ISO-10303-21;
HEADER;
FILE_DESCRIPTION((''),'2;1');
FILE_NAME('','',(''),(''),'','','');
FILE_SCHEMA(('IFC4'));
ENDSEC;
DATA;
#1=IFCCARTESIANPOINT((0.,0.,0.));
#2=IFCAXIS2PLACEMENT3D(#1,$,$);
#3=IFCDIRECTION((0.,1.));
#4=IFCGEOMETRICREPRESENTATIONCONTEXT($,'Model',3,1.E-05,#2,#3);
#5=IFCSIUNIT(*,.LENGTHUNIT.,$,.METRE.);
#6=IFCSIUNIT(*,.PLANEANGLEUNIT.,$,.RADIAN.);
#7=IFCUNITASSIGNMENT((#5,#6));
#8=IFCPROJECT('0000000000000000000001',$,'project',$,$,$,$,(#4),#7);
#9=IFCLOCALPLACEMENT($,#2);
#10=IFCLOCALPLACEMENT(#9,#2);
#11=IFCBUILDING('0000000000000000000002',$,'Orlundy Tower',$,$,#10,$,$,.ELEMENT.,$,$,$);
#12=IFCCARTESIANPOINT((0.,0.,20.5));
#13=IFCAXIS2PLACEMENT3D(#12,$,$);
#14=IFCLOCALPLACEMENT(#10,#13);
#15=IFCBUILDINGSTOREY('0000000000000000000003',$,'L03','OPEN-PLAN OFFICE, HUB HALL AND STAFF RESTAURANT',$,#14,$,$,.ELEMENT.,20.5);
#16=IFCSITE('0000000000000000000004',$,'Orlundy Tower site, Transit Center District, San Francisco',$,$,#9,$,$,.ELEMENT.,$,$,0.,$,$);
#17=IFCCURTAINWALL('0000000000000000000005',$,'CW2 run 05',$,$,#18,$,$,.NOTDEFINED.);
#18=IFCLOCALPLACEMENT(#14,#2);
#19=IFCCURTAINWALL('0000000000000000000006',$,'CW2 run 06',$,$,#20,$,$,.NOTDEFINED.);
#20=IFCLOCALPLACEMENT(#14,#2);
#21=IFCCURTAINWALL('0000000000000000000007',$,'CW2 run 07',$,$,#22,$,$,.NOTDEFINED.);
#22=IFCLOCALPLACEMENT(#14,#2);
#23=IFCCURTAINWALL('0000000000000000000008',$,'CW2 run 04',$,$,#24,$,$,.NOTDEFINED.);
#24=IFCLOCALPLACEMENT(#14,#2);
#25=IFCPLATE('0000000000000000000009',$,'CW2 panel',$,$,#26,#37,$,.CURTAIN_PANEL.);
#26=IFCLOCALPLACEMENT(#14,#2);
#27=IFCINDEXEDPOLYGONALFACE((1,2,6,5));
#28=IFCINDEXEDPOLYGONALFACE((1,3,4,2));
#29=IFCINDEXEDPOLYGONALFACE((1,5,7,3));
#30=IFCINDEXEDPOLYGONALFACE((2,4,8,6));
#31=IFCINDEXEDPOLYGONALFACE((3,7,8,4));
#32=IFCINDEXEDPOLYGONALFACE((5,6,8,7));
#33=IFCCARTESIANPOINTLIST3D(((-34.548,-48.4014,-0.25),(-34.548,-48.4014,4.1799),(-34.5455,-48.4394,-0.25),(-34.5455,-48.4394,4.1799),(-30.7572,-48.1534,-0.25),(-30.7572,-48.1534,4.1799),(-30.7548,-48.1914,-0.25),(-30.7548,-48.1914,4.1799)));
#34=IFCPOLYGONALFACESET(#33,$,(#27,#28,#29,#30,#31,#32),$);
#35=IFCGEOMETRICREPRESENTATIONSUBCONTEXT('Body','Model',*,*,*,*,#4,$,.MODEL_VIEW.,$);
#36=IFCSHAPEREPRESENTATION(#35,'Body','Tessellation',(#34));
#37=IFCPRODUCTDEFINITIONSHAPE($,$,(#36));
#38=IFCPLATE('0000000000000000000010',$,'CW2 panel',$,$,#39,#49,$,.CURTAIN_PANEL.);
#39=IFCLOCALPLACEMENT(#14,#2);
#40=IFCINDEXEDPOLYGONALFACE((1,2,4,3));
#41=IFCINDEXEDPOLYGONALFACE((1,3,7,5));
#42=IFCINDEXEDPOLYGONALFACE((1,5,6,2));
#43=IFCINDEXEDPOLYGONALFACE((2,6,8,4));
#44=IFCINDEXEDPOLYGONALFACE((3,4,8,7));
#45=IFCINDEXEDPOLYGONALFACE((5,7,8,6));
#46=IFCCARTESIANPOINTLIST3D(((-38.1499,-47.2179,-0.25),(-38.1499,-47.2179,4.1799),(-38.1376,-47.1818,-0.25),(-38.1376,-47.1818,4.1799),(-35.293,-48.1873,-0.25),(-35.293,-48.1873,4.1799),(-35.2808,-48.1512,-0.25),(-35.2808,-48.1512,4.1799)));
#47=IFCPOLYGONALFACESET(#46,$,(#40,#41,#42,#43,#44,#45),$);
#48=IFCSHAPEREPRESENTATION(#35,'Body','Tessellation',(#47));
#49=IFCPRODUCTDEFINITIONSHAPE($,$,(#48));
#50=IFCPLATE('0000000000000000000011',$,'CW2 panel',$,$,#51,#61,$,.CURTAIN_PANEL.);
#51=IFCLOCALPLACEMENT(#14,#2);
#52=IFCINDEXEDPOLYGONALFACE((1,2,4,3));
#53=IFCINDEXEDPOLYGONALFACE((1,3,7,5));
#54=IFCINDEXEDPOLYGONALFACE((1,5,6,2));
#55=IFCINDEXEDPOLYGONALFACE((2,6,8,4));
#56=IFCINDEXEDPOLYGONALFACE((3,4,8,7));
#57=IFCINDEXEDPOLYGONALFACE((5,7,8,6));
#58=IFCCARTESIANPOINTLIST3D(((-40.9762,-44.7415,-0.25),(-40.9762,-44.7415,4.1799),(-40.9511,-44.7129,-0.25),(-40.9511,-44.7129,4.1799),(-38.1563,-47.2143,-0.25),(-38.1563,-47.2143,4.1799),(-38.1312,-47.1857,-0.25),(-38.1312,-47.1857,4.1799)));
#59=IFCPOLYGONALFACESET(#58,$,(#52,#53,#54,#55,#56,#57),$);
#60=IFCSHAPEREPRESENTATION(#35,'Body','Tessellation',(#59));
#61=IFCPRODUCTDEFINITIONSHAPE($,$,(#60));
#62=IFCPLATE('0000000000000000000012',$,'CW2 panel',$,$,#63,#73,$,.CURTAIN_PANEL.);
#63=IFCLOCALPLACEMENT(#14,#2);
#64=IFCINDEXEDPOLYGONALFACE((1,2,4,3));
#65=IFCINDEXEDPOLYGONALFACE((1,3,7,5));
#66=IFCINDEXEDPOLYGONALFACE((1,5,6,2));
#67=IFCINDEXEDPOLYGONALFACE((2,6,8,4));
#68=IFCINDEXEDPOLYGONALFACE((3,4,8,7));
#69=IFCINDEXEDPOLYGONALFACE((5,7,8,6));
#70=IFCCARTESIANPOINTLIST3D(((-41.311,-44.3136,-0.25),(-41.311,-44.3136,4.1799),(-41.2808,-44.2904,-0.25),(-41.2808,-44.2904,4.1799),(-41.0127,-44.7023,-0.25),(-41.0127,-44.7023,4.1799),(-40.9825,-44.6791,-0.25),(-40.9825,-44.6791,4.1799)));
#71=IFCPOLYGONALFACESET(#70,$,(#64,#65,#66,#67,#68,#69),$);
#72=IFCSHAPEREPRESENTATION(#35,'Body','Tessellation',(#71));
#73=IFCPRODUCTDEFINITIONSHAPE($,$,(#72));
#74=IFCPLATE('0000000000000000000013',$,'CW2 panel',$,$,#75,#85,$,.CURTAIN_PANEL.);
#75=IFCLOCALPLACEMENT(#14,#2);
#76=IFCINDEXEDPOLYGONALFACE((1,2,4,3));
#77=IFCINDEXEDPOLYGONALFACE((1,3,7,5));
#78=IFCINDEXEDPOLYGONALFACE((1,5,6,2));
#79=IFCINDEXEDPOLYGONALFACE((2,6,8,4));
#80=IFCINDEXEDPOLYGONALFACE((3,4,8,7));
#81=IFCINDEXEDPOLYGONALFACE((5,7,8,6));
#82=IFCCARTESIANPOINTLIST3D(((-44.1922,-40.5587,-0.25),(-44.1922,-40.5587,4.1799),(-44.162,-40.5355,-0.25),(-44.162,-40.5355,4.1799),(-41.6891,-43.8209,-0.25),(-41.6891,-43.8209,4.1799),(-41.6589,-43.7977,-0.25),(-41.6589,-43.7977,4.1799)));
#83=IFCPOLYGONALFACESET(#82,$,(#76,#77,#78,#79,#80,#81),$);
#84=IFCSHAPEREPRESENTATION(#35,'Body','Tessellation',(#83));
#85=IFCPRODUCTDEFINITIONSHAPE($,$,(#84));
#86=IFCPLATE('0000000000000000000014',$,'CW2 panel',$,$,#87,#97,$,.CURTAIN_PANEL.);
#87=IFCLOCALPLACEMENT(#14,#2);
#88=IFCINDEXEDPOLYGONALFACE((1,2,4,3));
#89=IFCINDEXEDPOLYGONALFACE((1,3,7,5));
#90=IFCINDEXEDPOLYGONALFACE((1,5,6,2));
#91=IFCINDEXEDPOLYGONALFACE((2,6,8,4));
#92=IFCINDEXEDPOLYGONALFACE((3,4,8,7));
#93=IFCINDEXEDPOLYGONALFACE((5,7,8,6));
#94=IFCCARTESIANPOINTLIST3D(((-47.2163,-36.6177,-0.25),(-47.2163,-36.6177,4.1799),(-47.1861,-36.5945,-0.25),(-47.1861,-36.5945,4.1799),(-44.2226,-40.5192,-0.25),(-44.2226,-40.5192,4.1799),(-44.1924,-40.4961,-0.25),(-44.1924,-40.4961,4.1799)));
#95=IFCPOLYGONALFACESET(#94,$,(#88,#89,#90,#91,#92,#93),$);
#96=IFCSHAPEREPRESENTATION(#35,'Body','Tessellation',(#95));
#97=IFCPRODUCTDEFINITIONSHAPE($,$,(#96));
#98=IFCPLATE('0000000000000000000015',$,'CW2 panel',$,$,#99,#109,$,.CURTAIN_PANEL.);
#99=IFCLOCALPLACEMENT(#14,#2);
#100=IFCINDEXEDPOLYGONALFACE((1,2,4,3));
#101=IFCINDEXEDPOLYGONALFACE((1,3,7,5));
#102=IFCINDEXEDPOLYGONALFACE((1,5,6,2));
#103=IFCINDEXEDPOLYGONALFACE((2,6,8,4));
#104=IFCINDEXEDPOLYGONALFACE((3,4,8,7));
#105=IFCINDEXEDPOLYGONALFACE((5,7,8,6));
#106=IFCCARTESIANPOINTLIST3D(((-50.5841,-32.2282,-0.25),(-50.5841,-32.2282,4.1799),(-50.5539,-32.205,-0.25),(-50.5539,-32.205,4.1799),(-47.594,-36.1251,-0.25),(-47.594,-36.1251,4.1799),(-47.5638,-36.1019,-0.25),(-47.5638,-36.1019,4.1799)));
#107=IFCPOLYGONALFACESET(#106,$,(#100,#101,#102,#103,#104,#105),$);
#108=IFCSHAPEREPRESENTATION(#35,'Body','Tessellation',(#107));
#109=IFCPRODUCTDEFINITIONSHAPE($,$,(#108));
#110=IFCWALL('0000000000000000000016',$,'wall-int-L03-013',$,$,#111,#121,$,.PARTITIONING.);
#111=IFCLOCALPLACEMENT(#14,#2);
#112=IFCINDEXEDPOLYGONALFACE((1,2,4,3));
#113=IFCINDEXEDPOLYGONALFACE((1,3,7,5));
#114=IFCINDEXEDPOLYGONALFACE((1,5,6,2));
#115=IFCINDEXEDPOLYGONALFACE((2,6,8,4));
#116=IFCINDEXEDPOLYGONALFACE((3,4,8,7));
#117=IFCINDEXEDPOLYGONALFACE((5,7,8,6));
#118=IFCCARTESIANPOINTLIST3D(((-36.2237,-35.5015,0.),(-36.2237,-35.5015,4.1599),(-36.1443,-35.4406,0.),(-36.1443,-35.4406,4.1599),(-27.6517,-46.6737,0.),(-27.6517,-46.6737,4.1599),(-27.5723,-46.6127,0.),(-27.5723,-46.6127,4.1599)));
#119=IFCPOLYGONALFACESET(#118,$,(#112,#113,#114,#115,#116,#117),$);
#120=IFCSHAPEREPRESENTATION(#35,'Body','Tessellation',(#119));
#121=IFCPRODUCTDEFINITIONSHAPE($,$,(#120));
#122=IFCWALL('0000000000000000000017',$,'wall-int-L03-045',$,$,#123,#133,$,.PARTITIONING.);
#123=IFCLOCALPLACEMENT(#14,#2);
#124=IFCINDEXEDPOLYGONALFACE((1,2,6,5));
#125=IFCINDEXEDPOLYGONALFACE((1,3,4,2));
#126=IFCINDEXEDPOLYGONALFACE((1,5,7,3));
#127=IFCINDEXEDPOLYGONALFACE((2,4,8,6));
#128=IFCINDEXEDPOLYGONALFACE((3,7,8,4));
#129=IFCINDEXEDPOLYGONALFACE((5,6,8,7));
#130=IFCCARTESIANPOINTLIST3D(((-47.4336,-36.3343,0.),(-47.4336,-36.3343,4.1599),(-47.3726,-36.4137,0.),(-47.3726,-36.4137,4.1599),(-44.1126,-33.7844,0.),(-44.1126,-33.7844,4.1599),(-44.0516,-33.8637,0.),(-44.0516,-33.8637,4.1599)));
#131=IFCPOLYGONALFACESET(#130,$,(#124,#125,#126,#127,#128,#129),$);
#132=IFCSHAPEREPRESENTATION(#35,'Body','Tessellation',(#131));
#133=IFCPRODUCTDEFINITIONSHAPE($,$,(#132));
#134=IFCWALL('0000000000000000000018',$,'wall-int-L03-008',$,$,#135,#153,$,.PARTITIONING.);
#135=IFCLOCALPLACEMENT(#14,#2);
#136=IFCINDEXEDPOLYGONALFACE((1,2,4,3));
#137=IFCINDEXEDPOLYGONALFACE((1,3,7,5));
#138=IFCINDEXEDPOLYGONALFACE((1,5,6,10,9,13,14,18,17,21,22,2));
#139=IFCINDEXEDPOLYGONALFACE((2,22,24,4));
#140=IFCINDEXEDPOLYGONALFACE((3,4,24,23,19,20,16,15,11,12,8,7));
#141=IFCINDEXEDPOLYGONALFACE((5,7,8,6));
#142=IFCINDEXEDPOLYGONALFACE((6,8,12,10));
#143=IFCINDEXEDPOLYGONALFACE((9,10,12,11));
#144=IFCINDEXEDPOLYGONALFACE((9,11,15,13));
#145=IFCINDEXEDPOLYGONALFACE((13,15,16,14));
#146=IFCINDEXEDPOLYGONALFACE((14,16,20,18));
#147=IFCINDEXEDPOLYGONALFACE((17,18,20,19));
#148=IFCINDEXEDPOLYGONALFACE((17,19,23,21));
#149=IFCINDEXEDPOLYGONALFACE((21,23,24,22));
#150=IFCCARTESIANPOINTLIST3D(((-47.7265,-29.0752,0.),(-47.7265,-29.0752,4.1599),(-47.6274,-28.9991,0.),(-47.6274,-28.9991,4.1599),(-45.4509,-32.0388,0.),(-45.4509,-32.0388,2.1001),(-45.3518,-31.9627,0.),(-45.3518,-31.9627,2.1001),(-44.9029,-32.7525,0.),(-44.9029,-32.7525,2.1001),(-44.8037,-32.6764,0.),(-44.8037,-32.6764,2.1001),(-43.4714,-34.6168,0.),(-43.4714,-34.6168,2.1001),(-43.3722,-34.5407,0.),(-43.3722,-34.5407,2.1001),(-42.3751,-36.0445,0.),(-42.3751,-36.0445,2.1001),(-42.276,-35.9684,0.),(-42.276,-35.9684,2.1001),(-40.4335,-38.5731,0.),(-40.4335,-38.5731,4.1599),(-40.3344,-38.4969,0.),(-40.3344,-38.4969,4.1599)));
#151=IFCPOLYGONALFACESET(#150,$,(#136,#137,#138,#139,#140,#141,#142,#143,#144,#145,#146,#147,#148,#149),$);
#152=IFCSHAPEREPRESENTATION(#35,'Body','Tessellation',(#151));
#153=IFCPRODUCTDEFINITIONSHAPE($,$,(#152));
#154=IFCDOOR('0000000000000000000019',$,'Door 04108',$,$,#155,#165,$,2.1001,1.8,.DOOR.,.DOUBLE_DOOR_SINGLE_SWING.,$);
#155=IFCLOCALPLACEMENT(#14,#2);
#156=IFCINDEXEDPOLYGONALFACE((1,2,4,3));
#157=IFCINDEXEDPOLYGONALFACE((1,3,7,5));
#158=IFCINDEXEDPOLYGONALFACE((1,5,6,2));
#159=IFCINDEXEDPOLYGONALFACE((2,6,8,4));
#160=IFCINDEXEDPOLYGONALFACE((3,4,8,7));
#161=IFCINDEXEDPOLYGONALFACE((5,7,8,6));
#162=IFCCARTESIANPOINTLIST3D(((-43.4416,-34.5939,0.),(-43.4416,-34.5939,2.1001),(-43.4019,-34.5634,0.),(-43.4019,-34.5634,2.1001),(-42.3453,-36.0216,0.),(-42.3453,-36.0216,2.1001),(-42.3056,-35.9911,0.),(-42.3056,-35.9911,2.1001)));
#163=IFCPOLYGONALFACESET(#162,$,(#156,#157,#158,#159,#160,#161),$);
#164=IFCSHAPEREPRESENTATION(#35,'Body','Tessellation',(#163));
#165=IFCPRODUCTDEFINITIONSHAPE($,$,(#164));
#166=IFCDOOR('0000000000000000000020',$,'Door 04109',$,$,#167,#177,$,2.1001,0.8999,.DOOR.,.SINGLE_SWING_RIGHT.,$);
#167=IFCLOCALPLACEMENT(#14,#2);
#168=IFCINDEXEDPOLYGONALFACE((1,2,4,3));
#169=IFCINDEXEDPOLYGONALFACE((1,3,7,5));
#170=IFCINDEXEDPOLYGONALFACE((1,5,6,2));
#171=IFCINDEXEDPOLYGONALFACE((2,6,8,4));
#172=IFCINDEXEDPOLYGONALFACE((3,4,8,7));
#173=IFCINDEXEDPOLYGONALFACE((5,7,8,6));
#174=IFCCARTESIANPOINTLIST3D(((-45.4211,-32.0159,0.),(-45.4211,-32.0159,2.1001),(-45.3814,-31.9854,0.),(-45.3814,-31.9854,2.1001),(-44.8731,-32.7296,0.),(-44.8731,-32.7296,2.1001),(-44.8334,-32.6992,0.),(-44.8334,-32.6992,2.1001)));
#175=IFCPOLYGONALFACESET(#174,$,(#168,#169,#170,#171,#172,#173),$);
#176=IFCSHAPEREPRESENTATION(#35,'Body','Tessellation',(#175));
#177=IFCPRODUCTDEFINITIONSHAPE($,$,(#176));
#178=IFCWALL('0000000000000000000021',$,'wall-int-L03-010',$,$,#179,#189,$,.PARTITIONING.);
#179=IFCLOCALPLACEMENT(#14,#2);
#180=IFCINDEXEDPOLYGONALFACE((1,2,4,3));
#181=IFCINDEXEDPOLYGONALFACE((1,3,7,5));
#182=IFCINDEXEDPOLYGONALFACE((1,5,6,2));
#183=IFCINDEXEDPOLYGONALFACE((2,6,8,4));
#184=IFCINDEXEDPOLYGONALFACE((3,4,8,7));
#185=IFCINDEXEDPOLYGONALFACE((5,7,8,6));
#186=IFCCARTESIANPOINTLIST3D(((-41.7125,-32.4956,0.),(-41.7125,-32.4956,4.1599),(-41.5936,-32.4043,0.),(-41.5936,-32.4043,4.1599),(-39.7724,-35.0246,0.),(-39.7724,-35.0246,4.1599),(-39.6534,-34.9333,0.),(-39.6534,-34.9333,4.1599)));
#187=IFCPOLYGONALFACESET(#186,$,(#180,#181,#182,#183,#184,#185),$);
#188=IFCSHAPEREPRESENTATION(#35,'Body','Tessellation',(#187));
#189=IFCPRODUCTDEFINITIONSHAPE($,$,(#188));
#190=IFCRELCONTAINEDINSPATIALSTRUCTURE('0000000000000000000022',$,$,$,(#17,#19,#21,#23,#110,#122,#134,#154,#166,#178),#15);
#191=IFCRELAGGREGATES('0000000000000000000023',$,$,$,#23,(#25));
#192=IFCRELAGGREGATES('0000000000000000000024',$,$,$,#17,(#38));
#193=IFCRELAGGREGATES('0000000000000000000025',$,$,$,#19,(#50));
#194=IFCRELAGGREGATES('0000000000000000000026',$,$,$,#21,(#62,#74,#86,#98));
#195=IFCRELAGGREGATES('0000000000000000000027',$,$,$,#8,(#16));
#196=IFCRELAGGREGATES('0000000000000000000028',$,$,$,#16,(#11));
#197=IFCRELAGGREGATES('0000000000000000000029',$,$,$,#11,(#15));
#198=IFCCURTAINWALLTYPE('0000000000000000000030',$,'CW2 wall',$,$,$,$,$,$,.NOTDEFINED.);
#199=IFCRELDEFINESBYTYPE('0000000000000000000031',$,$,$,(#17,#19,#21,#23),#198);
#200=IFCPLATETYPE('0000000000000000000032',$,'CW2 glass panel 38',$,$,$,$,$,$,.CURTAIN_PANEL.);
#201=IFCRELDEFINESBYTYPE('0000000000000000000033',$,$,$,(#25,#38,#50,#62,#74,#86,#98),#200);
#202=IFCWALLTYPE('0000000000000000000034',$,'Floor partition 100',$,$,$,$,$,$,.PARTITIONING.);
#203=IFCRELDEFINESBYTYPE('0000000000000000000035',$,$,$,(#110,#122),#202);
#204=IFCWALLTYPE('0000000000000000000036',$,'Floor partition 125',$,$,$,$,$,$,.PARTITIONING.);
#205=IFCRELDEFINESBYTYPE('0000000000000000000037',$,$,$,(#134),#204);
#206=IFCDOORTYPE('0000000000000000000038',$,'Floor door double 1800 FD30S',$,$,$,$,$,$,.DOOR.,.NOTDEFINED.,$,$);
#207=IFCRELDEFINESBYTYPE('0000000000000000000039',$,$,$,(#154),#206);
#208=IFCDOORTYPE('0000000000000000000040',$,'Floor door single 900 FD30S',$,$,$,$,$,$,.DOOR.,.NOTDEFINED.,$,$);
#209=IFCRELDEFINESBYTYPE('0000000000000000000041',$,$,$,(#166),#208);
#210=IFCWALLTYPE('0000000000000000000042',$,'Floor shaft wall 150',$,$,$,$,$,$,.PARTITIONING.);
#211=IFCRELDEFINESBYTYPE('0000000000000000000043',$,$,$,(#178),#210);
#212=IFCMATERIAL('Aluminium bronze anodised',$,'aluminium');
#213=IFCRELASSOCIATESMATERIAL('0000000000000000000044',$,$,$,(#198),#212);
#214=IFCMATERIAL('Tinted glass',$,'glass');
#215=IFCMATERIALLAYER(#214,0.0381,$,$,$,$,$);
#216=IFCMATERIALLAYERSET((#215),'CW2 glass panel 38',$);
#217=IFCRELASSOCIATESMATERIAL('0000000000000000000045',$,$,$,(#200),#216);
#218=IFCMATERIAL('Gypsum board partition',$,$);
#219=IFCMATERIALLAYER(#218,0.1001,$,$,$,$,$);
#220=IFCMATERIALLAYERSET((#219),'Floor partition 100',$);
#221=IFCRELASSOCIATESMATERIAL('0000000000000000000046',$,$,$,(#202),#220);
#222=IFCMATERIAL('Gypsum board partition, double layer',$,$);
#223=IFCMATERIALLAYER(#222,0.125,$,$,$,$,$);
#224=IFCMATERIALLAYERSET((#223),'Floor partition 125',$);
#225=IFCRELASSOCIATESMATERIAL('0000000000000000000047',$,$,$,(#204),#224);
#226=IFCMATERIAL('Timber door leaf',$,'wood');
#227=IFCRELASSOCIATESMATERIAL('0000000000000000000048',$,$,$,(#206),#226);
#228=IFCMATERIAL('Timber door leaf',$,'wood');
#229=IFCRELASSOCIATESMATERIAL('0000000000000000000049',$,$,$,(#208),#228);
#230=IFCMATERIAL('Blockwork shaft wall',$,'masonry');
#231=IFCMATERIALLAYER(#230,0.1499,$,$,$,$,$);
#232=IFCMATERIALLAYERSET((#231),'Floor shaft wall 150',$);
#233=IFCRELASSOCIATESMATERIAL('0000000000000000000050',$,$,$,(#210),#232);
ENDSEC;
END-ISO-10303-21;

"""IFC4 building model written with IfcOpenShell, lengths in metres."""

from ifc_helpers import new_model, si_unit, direction, frame, frame_2d, origin, origin_2d, place, context, subcontext, project, spatial, rectangle, extrude, material, layer, layer_set, type_object, element, fill, aggregate, save


model = new_model("IFC4")

# Units and contexts
model_context = context("Model", 3, precision=1e-05, world=origin(), true_north=direction((0.0, 1.0)))
body_context = subcontext(model_context, "Body", "Model", "MODEL_VIEW")
ifc_project = project(units=[si_unit("LENGTHUNIT", "METRE"), si_unit("PLANEANGLEUNIT", "RADIAN")], contexts=[model_context])

# Site, building, storey
site_placement = place(None, origin())
site = spatial("IfcSite", under=ifc_project, at=site_placement, Name="Orlundy Tower site, Transit Center District, San Francisco", CompositionType="ELEMENT", RefElevation=0.0)
building_placement = place(site_placement, origin())
building = spatial("IfcBuilding", under=site, at=building_placement, Name="Orlundy Tower", CompositionType="ELEMENT")
storey_placement = place(building_placement, frame((0.0, 0.0, 20.5)))
storey = spatial("IfcBuildingStorey", under=building, at=storey_placement, Name="L03", Description="OPEN-PLAN OFFICE, HUB HALL AND STAFF RESTAURANT", CompositionType="ELEMENT", Elevation=20.5)

# Curtain walls
ifc_material_1 = material(Name="Aluminium bronze anodised", Category="aluminium")
curtain_wall_type = type_object("IfcCurtainWallType", Name="CW2 wall", PredefinedType="NOTDEFINED", material=ifc_material_1)
curtain_wall_1_placement = place(storey_placement, origin())
curtain_wall_1 = element("IfcCurtainWall", 1, at=curtain_wall_1_placement, inside=storey, type_object=curtain_wall_type, Name="CW2 run 05", PredefinedType="NOTDEFINED")
curtain_wall_2_placement = place(storey_placement, origin())
curtain_wall_2 = element("IfcCurtainWall", 2, at=curtain_wall_2_placement, inside=storey, type_object=curtain_wall_type, Name="CW2 run 06", PredefinedType="NOTDEFINED")

# Curtain wall
curtain_wall_3_placement = place(storey_placement, origin())
curtain_wall_3 = element("IfcCurtainWall", 3, at=curtain_wall_3_placement, inside=storey, type_object=curtain_wall_type, Name="CW2 run 07", PredefinedType="NOTDEFINED")

# Curtain wall, plate
curtain_wall_4_placement = place(storey_placement, origin())
curtain_wall_4 = element("IfcCurtainWall", 4, at=curtain_wall_4_placement, inside=storey, type_object=curtain_wall_type, Name="CW2 run 04", PredefinedType="NOTDEFINED")
ifc_material_2 = material(Name="Tinted glass", Category="glass")
ifc_layer_1 = layer(ifc_material_2, 0.0381)
ifc_layer_set_1 = layer_set([ifc_layer_1], Name="CW2 glass panel 38")
plate_type = type_object("IfcPlateType", Name="CW2 glass panel 38", PredefinedType="CURTAIN_PANEL", material=ifc_layer_set_1)
plate_1_placement = place(storey_placement, frame((-32.6514, -48.2964, -0.25), z_axis=(0.0, 0.0, 1.0), x_axis=(-0.997867, -0.065284, 0.0)))
plate_1 = element("IfcPlate", 5, at=plate_1_placement, type_object=plate_type, Name="CW2 panel", PredefinedType="CURTAIN_PANEL", context=body_context, shape_type="SweptSolid", body=[
    extrude(rectangle(XDim=3.7988, YDim=0.0381, at=origin_2d()), origin(), (0.0, 0.0, 1.0), 4.4299),
])
aggregate(curtain_wall_4, [plate_1])

# Plates
plate_2_placement = place(storey_placement, frame((-36.7153, -47.6846, -0.25), z_axis=(0.0, 0.0, 1.0), x_axis=(-0.94697, 0.321322, 0.0)))
plate_2 = element("IfcPlate", 6, at=plate_2_placement, type_object=plate_type, Name="CW2 panel", PredefinedType="CURTAIN_PANEL", context=body_context, shape_type="SweptSolid", body=[
    extrude(rectangle(XDim=3.0168, YDim=0.0381, at=origin_2d()), origin(), (0.0, 0.0, 1.0), 4.4299),
])
aggregate(curtain_wall_1, [plate_2])
plate_3_placement = place(storey_placement, frame((-39.5537, -45.9636, -0.25), z_axis=(0.0, 0.0, 1.0), x_axis=(-0.751858, 0.659325, 0.0)))
plate_3 = element("IfcPlate", 7, at=plate_3_placement, type_object=plate_type, Name="CW2 panel", PredefinedType="CURTAIN_PANEL", context=body_context, shape_type="SweptSolid", body=[
    extrude(rectangle(XDim=3.7505, YDim=0.0381, at=origin_2d()), origin(), (0.0, 0.0, 1.0), 4.4299),
])
aggregate(curtain_wall_2, [plate_3])
plate_4_placement = place(storey_placement, frame((-41.1467, -44.4963, -0.25), z_axis=(0.0, 0.0, 1.0), x_axis=(-0.608748, 0.793363, 0.0)))
plate_4 = element("IfcPlate", 8, at=plate_4_placement, type_object=plate_type, Name="CW2 panel", PredefinedType="CURTAIN_PANEL", context=body_context, shape_type="SweptSolid", body=[
    extrude(rectangle(XDim=0.49, YDim=0.0381, at=origin_2d()), origin(), (0.0, 0.0, 1.0), 4.4299),
])
plate_5_placement = place(storey_placement, frame((-42.9255, -42.1782, -0.25), z_axis=(0.0, 0.0, 1.0), x_axis=(-0.608748, 0.793363, 0.0)))
plate_5 = element("IfcPlate", 9, at=plate_5_placement, type_object=plate_type, Name="CW2 panel", PredefinedType="CURTAIN_PANEL", context=body_context, shape_type="SweptSolid", body=[
    extrude(rectangle(XDim=4.1118, YDim=0.0381, at=origin_2d()), origin(), (0.0, 0.0, 1.0), 4.4299),
])
plate_6_placement = place(storey_placement, frame((-45.7043, -38.5569, -0.25), z_axis=(0.0, 0.0, 1.0), x_axis=(-0.608748, 0.793363, 0.0)))
plate_6 = element("IfcPlate", 10, at=plate_6_placement, type_object=plate_type, Name="CW2 panel", PredefinedType="CURTAIN_PANEL", context=body_context, shape_type="SweptSolid", body=[
    extrude(rectangle(XDim=4.9177, YDim=0.0381, at=origin_2d()), origin(), (0.0, 0.0, 1.0), 4.4299),
])
plate_7_placement = place(storey_placement, frame((-49.074, -34.165, -0.25), z_axis=(0.0, 0.0, 1.0), x_axis=(-0.608748, 0.793363, 0.0)))
plate_7 = element("IfcPlate", 11, at=plate_7_placement, type_object=plate_type, Name="CW2 panel", PredefinedType="CURTAIN_PANEL", context=body_context, shape_type="SweptSolid", body=[
    extrude(rectangle(XDim=4.9119, YDim=0.0381, at=origin_2d()), origin(), (0.0, 0.0, 1.0), 4.4299),
])
aggregate(curtain_wall_3, [plate_4, plate_5, plate_6, plate_7])

# Walls
ifc_material_3 = material(Name="Gypsum board partition")
ifc_layer_2 = layer(ifc_material_3, 0.1001)
ifc_layer_set_2 = layer_set([ifc_layer_2], Name="Floor partition 100")
wall_type_1 = type_object("IfcWallType", Name="Floor partition 100", PredefinedType="PARTITIONING", material=ifc_layer_set_2)
wall_1_placement = place(storey_placement, frame((-36.1841, -35.4709, 0.0), z_axis=(0.0, 0.0, 1.0), x_axis=(0.608733, -0.793376, 0.0)))
element("IfcWall", 12, at=wall_1_placement, inside=storey, type_object=wall_type_1, Name="wall-int-L03-013", PredefinedType="PARTITIONING", context=body_context, shape_type="SweptSolid", body=[
    extrude(rectangle(XDim=14.0818, YDim=0.1001, at=frame_2d((7.041, 0.0))), origin(), (0.0, 0.0, 1.0), 4.1599),
])
wall_2_placement = place(storey_placement, frame((-47.4031, -36.374, 0.0), z_axis=(0.0, 0.0, 1.0), x_axis=(0.793155, 0.60902, 0.0)))
element("IfcWall", 13, at=wall_2_placement, inside=storey, type_object=wall_type_1, Name="wall-int-L03-045", PredefinedType="PARTITIONING", context=body_context, shape_type="SweptSolid", body=[
    extrude(rectangle(XDim=4.187, YDim=0.1001, at=frame_2d((2.0935, 0.0))), origin(), (0.0, 0.0, 1.0), 4.1599),
])

# Wall, openings, doors
ifc_material_4 = material(Name="Gypsum board partition, double layer")
ifc_layer_3 = layer(ifc_material_4, 0.125)
ifc_layer_set_3 = layer_set([ifc_layer_3], Name="Floor partition 125")
wall_type_2 = type_object("IfcWallType", Name="Floor partition 125", PredefinedType="PARTITIONING", material=ifc_layer_set_3)
wall_3_placement = place(storey_placement, frame((-40.384, -38.5349, 0.0), z_axis=(0.0, 0.0, 1.0), x_axis=(-0.609027, 0.79315, 0.0)))
wall_3 = element("IfcWall", 14, at=wall_3_placement, inside=storey, type_object=wall_type_2, Name="wall-int-L03-008", PredefinedType="PARTITIONING", context=body_context, shape_type="SweptSolid", body=[
    extrude(rectangle(XDim=11.9749, YDim=0.125, at=frame_2d((5.9873, 0.0))), origin(), (0.0, 0.0, 1.0), 4.1599),
])
opening_1_placement = place(wall_3_placement, frame((3.188, 0.0, 0.0)))
opening_1 = element("IfcOpeningElement", 15, at=opening_1_placement, cuts=wall_3, PredefinedType="OPENING", context=body_context, shape_type="SweptSolid", body=[
    extrude(rectangle(XDim=1.8, YDim=2.1001, at=frame_2d((0.8999, 1.05))), frame((0.0, 0.0725, 0.0), z_axis=(0.0, -1.0, 0.0), x_axis=(1.0, 0.0, 0.0)), (0.0, 0.0, 1.0), 0.145),
])
opening_2_placement = place(wall_3_placement, frame((7.3384, 0.0, 0.0)))
opening_2 = element("IfcOpeningElement", 16, at=opening_2_placement, cuts=wall_3, PredefinedType="OPENING", context=body_context, shape_type="SweptSolid", body=[
    extrude(rectangle(XDim=0.8999, YDim=2.1001, at=frame_2d((0.45, 1.05))), frame((0.0, 0.0725, 0.0), z_axis=(0.0, -1.0, 0.0), x_axis=(1.0, 0.0, 0.0)), (0.0, 0.0, 1.0), 0.145),
])
ifc_material_5 = material(Name="Timber door leaf", Category="wood")
door_type_1 = type_object("IfcDoorType", Name="Floor door double 1800 FD30S", OperationType="NOTDEFINED", PredefinedType="DOOR", material=ifc_material_5)
door_1_placement = place(opening_1_placement, origin())
door_1 = element("IfcDoor", 17, at=door_1_placement, inside=storey, type_object=door_type_1, Name="Door 04108", OperationType="DOUBLE_DOOR_SINGLE_SWING", OverallHeight=2.1001, OverallWidth=1.8, PredefinedType="DOOR", context=body_context, shape_type="SweptSolid", body=[
    extrude(rectangle(XDim=1.8, YDim=2.1001, at=frame_2d((0.8999, 1.05))), frame((0.0, 0.0249, 0.0), z_axis=(0.0, -1.0, 0.0), x_axis=(1.0, 0.0, 0.0)), (0.0, 0.0, 1.0), 0.05),
])
fill(opening_1, door_1)
ifc_material_6 = material(Name="Timber door leaf", Category="wood")
door_type_2 = type_object("IfcDoorType", Name="Floor door single 900 FD30S", OperationType="NOTDEFINED", PredefinedType="DOOR", material=ifc_material_6)
door_2_placement = place(opening_2_placement, origin())
door_2 = element("IfcDoor", 18, at=door_2_placement, inside=storey, type_object=door_type_2, Name="Door 04109", OperationType="SINGLE_SWING_RIGHT", OverallHeight=2.1001, OverallWidth=0.8999, PredefinedType="DOOR", context=body_context, shape_type="SweptSolid", body=[
    extrude(rectangle(XDim=0.8999, YDim=2.1001, at=frame_2d((0.45, 1.05))), frame((0.0, 0.0249, 0.0), z_axis=(0.0, -1.0, 0.0), x_axis=(1.0, 0.0, 0.0)), (0.0, 0.0, 1.0), 0.05),
])
fill(opening_2, door_2)

# Wall
ifc_material_7 = material(Name="Blockwork shaft wall", Category="masonry")
ifc_layer_4 = layer(ifc_material_7, 0.1499)
ifc_layer_set_4 = layer_set([ifc_layer_4], Name="Floor shaft wall 150")
wall_type_3 = type_object("IfcWallType", Name="Floor shaft wall 150", PredefinedType="PARTITIONING", material=ifc_layer_set_4)
wall_4_placement = place(storey_placement, frame((-41.6531, -32.45, 0.0), z_axis=(0.0, 0.0, 1.0), x_axis=(0.608678, -0.793418, 0.0)))
element("IfcWall", 19, at=wall_4_placement, inside=storey, type_object=wall_type_3, Name="wall-int-L03-010", PredefinedType="PARTITIONING", context=body_context, shape_type="SweptSolid", body=[
    extrude(rectangle(XDim=3.1875, YDim=0.1499, at=frame_2d((1.5938, 0.0))), origin(), (0.0, 0.0, 1.0), 4.1599),
])

save(model, "model.ifc")
